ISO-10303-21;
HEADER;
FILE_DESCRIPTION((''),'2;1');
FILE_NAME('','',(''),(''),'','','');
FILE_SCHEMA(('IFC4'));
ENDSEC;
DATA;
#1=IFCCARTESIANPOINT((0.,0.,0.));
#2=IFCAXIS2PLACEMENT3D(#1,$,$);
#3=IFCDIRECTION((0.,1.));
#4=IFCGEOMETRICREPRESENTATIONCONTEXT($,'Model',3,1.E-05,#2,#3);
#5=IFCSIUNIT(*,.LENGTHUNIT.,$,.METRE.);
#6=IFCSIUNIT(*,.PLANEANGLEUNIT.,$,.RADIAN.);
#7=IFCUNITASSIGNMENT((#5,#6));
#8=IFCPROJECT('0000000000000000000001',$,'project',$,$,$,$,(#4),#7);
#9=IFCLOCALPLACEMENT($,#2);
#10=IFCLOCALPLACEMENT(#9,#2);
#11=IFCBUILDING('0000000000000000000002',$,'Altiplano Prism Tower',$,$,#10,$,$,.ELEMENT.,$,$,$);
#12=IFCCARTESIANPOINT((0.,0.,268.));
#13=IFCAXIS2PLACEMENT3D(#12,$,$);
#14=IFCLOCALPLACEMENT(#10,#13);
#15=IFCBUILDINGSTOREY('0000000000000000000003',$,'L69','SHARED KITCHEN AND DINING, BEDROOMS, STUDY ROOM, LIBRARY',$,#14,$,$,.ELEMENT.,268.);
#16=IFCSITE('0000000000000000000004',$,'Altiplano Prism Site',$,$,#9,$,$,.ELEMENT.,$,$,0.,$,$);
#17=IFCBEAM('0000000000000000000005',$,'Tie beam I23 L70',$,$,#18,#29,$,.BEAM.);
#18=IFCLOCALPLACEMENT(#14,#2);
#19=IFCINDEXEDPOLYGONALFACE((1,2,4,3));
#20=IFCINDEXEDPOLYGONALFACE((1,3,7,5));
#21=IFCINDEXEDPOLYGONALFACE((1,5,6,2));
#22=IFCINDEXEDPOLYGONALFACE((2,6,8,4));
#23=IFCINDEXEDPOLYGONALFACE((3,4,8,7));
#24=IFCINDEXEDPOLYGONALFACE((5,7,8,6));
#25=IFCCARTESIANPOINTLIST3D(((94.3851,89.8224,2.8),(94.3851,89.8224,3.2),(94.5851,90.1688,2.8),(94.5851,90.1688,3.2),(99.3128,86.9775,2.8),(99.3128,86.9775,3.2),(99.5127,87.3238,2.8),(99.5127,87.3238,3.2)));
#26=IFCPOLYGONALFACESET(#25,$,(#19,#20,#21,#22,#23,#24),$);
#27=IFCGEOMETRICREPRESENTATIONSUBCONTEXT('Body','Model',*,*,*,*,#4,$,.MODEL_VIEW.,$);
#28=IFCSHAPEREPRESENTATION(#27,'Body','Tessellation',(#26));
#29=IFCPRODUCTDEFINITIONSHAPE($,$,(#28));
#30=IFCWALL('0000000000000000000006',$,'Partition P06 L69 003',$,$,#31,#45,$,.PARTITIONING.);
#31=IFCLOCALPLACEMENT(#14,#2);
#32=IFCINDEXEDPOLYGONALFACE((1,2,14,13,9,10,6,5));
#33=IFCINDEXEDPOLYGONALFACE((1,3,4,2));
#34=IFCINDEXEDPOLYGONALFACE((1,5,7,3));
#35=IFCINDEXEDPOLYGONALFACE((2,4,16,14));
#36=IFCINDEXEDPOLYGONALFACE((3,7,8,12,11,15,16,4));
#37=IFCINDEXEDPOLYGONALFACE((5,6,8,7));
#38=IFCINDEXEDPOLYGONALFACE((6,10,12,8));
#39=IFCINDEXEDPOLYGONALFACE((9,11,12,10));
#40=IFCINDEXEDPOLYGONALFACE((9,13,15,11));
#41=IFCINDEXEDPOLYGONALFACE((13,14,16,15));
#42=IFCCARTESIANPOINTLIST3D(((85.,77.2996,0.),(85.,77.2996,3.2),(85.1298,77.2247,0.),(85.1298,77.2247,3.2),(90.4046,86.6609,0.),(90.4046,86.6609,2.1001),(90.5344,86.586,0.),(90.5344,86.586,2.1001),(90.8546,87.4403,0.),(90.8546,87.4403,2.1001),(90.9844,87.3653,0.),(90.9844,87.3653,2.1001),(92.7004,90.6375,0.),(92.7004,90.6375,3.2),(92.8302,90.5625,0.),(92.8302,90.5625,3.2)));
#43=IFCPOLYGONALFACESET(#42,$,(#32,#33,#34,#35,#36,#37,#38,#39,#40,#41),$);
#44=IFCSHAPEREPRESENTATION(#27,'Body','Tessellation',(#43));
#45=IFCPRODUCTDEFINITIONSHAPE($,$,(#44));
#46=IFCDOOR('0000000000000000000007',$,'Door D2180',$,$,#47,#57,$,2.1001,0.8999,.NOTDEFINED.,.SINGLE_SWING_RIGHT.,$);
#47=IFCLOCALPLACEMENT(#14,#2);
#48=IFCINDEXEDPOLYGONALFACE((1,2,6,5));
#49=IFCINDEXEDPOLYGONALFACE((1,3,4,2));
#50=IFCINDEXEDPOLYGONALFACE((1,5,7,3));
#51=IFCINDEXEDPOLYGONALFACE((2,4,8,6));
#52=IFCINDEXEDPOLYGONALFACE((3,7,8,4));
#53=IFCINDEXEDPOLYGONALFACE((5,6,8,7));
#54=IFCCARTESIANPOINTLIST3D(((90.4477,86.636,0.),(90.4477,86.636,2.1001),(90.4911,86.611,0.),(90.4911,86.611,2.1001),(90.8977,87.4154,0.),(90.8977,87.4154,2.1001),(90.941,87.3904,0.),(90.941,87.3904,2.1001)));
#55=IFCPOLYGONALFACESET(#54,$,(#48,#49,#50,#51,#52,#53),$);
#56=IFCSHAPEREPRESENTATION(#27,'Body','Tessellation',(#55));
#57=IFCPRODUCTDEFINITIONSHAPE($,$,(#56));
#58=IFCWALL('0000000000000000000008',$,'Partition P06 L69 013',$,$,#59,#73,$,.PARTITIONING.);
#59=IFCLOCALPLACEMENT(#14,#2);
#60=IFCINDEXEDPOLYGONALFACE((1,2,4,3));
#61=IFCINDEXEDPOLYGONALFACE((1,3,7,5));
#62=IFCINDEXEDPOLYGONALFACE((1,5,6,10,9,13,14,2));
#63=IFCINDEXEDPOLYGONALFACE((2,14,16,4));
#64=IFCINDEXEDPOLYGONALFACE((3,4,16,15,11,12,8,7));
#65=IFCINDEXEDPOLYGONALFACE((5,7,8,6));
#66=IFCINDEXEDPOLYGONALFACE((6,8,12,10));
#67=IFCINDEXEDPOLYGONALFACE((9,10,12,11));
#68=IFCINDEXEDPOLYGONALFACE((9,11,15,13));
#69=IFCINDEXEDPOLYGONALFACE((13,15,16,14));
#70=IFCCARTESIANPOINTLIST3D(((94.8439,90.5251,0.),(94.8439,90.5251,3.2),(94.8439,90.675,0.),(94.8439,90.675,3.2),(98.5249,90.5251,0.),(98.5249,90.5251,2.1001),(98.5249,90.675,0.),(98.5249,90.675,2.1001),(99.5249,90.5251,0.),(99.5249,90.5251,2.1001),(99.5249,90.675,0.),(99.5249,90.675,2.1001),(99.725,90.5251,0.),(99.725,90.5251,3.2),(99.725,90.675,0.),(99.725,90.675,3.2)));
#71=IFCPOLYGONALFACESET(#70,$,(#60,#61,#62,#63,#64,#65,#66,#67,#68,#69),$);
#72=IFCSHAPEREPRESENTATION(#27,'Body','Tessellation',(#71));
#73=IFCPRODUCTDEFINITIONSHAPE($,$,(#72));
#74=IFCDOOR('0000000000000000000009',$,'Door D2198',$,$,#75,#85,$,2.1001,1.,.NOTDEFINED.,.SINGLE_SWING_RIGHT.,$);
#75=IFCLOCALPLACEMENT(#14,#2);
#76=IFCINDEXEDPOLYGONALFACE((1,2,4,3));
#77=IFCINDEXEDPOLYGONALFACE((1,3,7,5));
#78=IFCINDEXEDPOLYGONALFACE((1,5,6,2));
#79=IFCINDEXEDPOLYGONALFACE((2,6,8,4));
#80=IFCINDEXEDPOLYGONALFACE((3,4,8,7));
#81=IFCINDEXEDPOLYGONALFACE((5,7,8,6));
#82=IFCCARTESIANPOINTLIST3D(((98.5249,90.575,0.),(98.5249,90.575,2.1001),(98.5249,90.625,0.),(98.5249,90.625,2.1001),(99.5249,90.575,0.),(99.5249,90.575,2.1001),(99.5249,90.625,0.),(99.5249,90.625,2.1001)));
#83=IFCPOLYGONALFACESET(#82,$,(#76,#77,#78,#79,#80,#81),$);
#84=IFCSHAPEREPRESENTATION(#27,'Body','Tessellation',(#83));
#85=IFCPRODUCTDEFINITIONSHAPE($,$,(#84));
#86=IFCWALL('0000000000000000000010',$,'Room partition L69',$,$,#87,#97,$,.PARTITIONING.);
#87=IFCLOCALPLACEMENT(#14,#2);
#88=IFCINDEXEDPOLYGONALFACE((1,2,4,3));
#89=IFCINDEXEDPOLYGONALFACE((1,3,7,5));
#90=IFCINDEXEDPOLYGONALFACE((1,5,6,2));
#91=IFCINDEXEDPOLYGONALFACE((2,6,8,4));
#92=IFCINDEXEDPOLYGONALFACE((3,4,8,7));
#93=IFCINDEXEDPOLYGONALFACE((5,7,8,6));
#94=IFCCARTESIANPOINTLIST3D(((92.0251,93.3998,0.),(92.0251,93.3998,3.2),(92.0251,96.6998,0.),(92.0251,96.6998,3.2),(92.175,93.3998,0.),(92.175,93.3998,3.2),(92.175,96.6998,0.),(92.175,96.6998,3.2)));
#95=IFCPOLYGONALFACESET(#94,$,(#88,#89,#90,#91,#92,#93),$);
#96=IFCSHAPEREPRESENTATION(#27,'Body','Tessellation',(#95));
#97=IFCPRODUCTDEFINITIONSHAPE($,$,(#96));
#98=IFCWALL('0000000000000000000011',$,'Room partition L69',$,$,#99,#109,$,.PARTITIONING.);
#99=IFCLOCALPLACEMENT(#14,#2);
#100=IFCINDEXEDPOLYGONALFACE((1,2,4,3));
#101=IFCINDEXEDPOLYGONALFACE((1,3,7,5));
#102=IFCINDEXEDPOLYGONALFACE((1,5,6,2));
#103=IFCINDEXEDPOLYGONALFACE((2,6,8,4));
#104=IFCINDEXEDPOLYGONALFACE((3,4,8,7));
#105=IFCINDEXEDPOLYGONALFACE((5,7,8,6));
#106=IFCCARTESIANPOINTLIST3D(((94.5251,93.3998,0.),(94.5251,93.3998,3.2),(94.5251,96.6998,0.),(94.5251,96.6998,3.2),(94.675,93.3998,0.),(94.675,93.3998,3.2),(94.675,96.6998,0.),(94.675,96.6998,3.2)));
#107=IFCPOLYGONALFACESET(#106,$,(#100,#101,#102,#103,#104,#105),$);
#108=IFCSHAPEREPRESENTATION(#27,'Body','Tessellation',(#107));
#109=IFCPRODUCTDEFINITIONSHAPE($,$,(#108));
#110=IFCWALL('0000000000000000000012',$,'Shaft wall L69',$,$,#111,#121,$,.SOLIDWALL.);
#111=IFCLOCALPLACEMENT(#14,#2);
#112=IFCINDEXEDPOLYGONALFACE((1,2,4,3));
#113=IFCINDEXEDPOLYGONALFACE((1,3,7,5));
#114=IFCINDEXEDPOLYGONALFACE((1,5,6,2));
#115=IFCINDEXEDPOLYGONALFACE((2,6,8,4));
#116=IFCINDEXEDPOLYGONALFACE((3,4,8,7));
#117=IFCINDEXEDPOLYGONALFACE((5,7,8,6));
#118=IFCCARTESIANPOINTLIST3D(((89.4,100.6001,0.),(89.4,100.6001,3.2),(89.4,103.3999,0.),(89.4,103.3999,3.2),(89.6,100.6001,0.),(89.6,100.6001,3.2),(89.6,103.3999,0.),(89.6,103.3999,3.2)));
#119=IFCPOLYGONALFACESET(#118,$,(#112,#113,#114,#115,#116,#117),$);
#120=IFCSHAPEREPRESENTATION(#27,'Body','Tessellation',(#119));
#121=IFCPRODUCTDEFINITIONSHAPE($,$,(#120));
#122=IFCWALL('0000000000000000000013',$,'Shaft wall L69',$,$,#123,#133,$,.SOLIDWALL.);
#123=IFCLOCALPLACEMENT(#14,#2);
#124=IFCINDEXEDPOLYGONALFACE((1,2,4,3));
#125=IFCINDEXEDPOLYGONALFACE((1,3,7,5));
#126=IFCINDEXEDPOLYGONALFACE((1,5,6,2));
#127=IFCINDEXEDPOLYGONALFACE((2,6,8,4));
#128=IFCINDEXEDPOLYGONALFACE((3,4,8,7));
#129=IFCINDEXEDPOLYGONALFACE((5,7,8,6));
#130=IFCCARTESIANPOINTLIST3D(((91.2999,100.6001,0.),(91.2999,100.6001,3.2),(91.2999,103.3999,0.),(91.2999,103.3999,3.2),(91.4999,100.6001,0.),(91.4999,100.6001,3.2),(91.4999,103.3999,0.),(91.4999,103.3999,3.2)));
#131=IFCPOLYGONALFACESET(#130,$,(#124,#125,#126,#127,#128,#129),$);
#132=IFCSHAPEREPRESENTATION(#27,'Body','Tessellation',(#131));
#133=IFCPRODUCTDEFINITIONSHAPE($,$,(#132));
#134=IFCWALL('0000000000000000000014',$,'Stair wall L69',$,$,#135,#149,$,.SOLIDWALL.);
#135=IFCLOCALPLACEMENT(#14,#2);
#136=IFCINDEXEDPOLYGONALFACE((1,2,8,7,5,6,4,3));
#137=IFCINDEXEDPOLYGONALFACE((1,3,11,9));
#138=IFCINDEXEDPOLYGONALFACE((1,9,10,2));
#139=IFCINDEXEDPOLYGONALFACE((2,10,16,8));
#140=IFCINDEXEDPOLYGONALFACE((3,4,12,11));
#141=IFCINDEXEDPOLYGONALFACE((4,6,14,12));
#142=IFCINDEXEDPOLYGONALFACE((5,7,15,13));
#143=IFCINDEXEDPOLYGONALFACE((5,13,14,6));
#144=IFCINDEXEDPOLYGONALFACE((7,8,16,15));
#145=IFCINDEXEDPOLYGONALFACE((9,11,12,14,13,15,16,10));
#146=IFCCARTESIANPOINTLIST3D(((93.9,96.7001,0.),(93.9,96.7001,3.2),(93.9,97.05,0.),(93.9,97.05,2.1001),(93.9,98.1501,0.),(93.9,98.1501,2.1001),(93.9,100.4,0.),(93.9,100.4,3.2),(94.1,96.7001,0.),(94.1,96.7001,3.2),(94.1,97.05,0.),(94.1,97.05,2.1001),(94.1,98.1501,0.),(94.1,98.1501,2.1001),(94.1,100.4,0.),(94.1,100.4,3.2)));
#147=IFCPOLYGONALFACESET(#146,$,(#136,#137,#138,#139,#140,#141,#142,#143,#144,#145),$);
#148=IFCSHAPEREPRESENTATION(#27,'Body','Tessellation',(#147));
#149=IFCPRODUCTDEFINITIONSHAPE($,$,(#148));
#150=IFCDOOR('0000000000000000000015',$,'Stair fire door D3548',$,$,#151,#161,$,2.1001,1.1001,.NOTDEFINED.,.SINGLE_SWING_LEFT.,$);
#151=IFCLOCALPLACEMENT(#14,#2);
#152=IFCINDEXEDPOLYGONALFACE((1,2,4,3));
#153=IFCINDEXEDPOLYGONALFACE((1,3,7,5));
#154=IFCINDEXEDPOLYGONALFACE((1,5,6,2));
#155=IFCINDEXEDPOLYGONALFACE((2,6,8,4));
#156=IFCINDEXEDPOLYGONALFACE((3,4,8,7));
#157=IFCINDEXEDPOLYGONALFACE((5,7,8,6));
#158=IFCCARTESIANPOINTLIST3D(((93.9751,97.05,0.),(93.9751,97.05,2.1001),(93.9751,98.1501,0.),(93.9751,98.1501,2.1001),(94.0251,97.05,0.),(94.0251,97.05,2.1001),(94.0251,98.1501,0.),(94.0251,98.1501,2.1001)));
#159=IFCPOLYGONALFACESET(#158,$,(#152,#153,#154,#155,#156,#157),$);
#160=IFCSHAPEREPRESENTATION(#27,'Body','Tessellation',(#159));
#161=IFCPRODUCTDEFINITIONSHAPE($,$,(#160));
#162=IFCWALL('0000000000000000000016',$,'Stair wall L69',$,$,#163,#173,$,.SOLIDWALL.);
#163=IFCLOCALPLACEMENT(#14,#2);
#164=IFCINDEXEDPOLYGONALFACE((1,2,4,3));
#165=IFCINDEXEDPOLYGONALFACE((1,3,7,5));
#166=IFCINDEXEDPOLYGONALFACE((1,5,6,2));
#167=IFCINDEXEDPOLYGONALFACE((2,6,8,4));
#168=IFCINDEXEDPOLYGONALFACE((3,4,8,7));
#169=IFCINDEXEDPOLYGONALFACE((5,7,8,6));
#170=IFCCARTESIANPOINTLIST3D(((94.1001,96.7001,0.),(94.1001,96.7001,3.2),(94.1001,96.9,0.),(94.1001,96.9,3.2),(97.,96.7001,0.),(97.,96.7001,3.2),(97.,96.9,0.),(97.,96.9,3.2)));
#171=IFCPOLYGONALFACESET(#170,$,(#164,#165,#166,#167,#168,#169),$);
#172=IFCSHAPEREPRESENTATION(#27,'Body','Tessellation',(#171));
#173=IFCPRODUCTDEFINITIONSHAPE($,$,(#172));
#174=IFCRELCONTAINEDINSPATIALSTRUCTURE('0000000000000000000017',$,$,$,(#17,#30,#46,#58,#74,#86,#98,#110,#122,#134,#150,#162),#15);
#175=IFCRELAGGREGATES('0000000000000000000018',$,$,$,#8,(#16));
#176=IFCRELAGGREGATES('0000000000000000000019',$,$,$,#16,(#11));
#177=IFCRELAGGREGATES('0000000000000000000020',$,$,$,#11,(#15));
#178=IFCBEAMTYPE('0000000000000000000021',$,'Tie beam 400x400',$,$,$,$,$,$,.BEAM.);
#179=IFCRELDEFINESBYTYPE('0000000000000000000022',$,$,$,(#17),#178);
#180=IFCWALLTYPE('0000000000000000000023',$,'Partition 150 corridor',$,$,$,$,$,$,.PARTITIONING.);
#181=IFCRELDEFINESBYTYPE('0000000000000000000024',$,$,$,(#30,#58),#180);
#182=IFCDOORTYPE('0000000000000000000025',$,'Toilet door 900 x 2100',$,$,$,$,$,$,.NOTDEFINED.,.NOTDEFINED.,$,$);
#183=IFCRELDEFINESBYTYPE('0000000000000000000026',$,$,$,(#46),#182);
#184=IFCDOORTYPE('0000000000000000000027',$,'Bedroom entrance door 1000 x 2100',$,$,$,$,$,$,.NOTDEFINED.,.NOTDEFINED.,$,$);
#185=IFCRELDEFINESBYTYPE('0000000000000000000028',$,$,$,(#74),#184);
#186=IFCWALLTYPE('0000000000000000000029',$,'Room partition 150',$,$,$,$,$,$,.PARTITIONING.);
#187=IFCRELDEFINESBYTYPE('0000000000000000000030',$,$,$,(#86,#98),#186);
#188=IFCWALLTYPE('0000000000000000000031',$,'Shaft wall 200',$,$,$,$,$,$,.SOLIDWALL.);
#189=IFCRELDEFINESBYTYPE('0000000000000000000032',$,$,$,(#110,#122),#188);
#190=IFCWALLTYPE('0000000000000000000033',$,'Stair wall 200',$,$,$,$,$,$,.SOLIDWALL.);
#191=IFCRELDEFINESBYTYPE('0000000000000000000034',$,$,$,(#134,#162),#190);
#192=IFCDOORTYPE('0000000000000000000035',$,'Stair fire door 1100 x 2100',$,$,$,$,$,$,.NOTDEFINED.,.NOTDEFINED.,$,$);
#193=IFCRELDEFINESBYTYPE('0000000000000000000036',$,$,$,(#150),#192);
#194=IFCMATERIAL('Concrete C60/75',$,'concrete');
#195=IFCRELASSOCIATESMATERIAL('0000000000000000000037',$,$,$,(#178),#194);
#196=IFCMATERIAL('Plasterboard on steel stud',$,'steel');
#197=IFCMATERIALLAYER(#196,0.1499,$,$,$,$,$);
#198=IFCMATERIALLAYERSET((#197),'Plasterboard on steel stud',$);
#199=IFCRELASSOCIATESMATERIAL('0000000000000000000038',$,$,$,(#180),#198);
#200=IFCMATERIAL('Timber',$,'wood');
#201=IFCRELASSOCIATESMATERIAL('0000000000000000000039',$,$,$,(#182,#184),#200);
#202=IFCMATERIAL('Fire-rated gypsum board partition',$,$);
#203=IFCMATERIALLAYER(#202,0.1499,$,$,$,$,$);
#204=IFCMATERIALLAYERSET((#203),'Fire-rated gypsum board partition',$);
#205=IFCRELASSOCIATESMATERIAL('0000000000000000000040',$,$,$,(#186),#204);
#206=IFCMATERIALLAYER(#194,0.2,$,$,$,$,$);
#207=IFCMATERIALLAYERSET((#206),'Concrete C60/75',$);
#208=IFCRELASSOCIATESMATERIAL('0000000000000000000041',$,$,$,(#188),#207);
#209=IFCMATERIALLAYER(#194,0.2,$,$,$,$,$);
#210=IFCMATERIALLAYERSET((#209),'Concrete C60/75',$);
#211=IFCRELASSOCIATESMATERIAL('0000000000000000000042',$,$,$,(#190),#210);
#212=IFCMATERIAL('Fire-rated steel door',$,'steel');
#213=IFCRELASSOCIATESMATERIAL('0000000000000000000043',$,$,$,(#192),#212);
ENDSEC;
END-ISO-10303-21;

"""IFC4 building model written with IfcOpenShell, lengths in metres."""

from ifc_helpers import new_model, si_unit, direction, frame, frame_2d, origin, origin_2d, place, context, subcontext, project, spatial, rectangle, extrude, material, layer, layer_set, material_profile, profile_set, type_object, element, fill, save


model = new_model("IFC4")

# Units and contexts
model_context = context("Model", 3, precision=1e-05, world=origin(), true_north=direction((0.0, 1.0)))
body_context = subcontext(model_context, "Body", "Model", "MODEL_VIEW")
ifc_project = project(units=[si_unit("LENGTHUNIT", "METRE"), si_unit("PLANEANGLEUNIT", "RADIAN")], contexts=[model_context])

# Site, building, storey
site_placement = place(None, origin())
site = spatial("IfcSite", under=ifc_project, at=site_placement, Name="Altiplano Prism Site", CompositionType="ELEMENT", RefElevation=0.0)
building_placement = place(site_placement, origin())
building = spatial("IfcBuilding", under=site, at=building_placement, Name="Altiplano Prism Tower", CompositionType="ELEMENT")
storey_placement = place(building_placement, frame((0.0, 0.0, 268.0)))
storey = spatial("IfcBuildingStorey", under=building, at=storey_placement, Name="L69", Description="SHARED KITCHEN AND DINING, BEDROOMS, STUDY ROOM, LIBRARY", CompositionType="ELEMENT", Elevation=268.0)

# Beam
ifc_material_1 = material(Name="Concrete C60/75", Category="concrete")
ifc_material_profile = material_profile(ifc_material_1, rectangle(XDim=0.3999, YDim=0.3999, at=origin_2d()), Name="Tie beam 400x400")
ifc_profile_set = profile_set([ifc_material_profile], Name="Concrete C60/75")
beam_type = type_object("IfcBeamType", Name="Tie beam 400x400", PredefinedType="BEAM", material=ifc_profile_set)
beam_placement = place(storey_placement, frame((94.4851, 89.9956, 3.0), z_axis=(0.86603, -0.499992, 0.0), x_axis=(0.499992, 0.86603, 0.0)))
element("IfcBeam", 1, at=beam_placement, inside=storey, type_object=beam_type, Name="Tie beam I23 L70", PredefinedType="BEAM", context=body_context, shape_type="SweptSolid", body=[
    extrude(rectangle(XDim=0.3999, YDim=0.3999, at=origin_2d()), origin(), (0.0, 0.0, 1.0), 5.6899),
])

# Walls, openings, doors
ifc_material_2 = material(Name="Plasterboard on steel stud", Category="steel")
ifc_layer_1 = layer(ifc_material_2, 0.1499)
ifc_layer_set_1 = layer_set([ifc_layer_1], Name="Plasterboard on steel stud")
wall_type_1 = type_object("IfcWallType", Name="Partition 150 corridor", PredefinedType="PARTITIONING", material=ifc_layer_set_1)
wall_1_placement = place(storey_placement, frame((92.7654, 90.6001, 0.0), z_axis=(0.0, 0.0, 1.0), x_axis=(-0.49999, -0.866031, 0.0)))
wall_1 = element("IfcWall", 2, at=wall_1_placement, inside=storey, type_object=wall_type_1, Name="Partition P06 L69 003", PredefinedType="PARTITIONING", context=body_context, shape_type="SweptSolid", body=[
    extrude(rectangle(XDim=15.4011, YDim=0.1499, at=frame_2d((7.7007, 0.0))), origin(), (0.0, 0.0, 1.0), 3.2),
])
opening_1_placement = place(wall_1_placement, frame((3.6919, 0.0, 0.0)))
opening_1 = element("IfcOpeningElement", 3, at=opening_1_placement, cuts=wall_1, PredefinedType="OPENING", context=body_context, shape_type="SweptSolid", body=[
    extrude(rectangle(XDim=0.8999, YDim=2.1001, at=frame_2d((0.45, 1.05))), frame((0.0, 0.0854, 0.0), z_axis=(0.0, -1.0, 0.0), x_axis=(1.0, 0.0, 0.0)), (0.0, 0.0, 1.0), 0.1709),
])
ifc_material_3 = material(Name="Timber", Category="wood")
door_type_1 = type_object("IfcDoorType", Name="Toilet door 900 x 2100", OperationType="NOTDEFINED", PredefinedType="NOTDEFINED", material=ifc_material_3)
door_1_placement = place(opening_1_placement, origin())
door_1 = element("IfcDoor", 4, at=door_1_placement, inside=storey, type_object=door_type_1, Name="Door D2180", OperationType="SINGLE_SWING_RIGHT", OverallHeight=2.1001, OverallWidth=0.8999, PredefinedType="NOTDEFINED", context=body_context, shape_type="SweptSolid", body=[
    extrude(rectangle(XDim=0.8999, YDim=2.1001, at=frame_2d((0.45, 1.05))), frame((0.0, 0.0249, 0.0), z_axis=(0.0, -1.0, 0.0), x_axis=(1.0, 0.0, 0.0)), (0.0, 0.0, 1.0), 0.05),
])
fill(opening_1, door_1)
wall_2_placement = place(storey_placement, frame((94.844, 90.6001, 0.0), z_axis=(0.0, 0.0, 1.0), x_axis=(1.0, 0.0, 0.0)))
wall_2 = element("IfcWall", 5, at=wall_2_placement, inside=storey, type_object=wall_type_1, Name="Partition P06 L69 013", PredefinedType="PARTITIONING", context=body_context, shape_type="SweptSolid", body=[
    extrude(rectangle(XDim=4.8811, YDim=0.1499, at=frame_2d((2.4404, 0.0))), origin(), (0.0, 0.0, 1.0), 3.2),
])
opening_2_placement = place(wall_2_placement, frame((3.6809, 0.0, 0.0)))
opening_2 = element("IfcOpeningElement", 6, at=opening_2_placement, cuts=wall_2, PredefinedType="OPENING", context=body_context, shape_type="SweptSolid", body=[
    extrude(rectangle(XDim=1.0, YDim=2.1001, at=frame_2d((0.5, 1.05))), frame((0.0, 0.0854, 0.0), z_axis=(0.0, -1.0, 0.0), x_axis=(1.0, 0.0, 0.0)), (0.0, 0.0, 1.0), 0.1709),
])
door_type_2 = type_object("IfcDoorType", Name="Bedroom entrance door 1000 x 2100", OperationType="NOTDEFINED", PredefinedType="NOTDEFINED", material=ifc_material_3)
door_2_placement = place(opening_2_placement, origin())
door_2 = element("IfcDoor", 7, at=door_2_placement, inside=storey, type_object=door_type_2, Name="Door D2198", OperationType="SINGLE_SWING_RIGHT", OverallHeight=2.1001, OverallWidth=1.0, PredefinedType="NOTDEFINED", context=body_context, shape_type="SweptSolid", body=[
    extrude(rectangle(XDim=1.0, YDim=2.1001, at=frame_2d((0.5, 1.05))), frame((0.0, 0.0249, 0.0), z_axis=(0.0, -1.0, 0.0), x_axis=(1.0, 0.0, 0.0)), (0.0, 0.0, 1.0), 0.05),
])
fill(opening_2, door_2)

# Walls
ifc_material_4 = material(Name="Fire-rated gypsum board partition")
ifc_layer_2 = layer(ifc_material_4, 0.1499)
ifc_layer_set_2 = layer_set([ifc_layer_2], Name="Fire-rated gypsum board partition")
wall_type_2 = type_object("IfcWallType", Name="Room partition 150", PredefinedType="PARTITIONING", material=ifc_layer_set_2)
for number, where, z_axis, x_axis, name in (
    (8, (92.1001, 93.3999, 0.0), (0.0, 0.0, 1.0), (0.0, 1.0, 0.0), "Room partition L69"),
    (9, (94.6001, 93.3999, 0.0), (0.0, 0.0, 1.0), (0.0, 1.0, 0.0), "Room partition L69"),
):
    element("IfcWall", number, at=place(storey_placement, frame(where, z_axis=z_axis, x_axis=x_axis)), inside=storey, type_object=wall_type_2, Name=name, PredefinedType="PARTITIONING", context=body_context, shape_type="SweptSolid", body=[
        extrude(rectangle(XDim=3.3, YDim=0.1499, at=frame_2d((1.6499, 0.0))), origin(), (0.0, 0.0, 1.0), 3.2),
    ])
ifc_layer_3 = layer(ifc_material_1, 0.2)
ifc_layer_set_3 = layer_set([ifc_layer_3], Name="Concrete C60/75")
wall_type_3 = type_object("IfcWallType", Name="Shaft wall 200", PredefinedType="SOLIDWALL", material=ifc_layer_set_3)
for number, where, z_axis, x_axis, name in (
    (10, (89.5, 100.6001, 0.0), (0.0, 0.0, 1.0), (0.0, 1.0, 0.0), "Shaft wall L69"),
    (11, (91.3999, 100.6001, 0.0), (0.0, 0.0, 1.0), (0.0, 1.0, 0.0), "Shaft wall L69"),
):
    element("IfcWall", number, at=place(storey_placement, frame(where, z_axis=z_axis, x_axis=x_axis)), inside=storey, type_object=wall_type_3, Name=name, PredefinedType="SOLIDWALL", context=body_context, shape_type="SweptSolid", body=[
        extrude(rectangle(XDim=2.7998, YDim=0.2, at=frame_2d((1.3999, 0.0))), origin(), (0.0, 0.0, 1.0), 3.2),
    ])

# Wall, opening, door
ifc_layer_4 = layer(ifc_material_1, 0.2)
ifc_layer_set_4 = layer_set([ifc_layer_4], Name="Concrete C60/75")
wall_type_4 = type_object("IfcWallType", Name="Stair wall 200", PredefinedType="SOLIDWALL", material=ifc_layer_set_4)
wall_3_placement = place(storey_placement, frame((94.0, 96.7, 0.0), z_axis=(0.0, 0.0, 1.0), x_axis=(0.0, 1.0, 0.0)))
wall_3 = element("IfcWall", 12, at=wall_3_placement, inside=storey, type_object=wall_type_4, Name="Stair wall L69", PredefinedType="SOLIDWALL", context=body_context, shape_type="SweptSolid", body=[
    extrude(rectangle(XDim=3.7, YDim=0.2, at=frame_2d((1.8501, 0.0))), origin(), (0.0, 0.0, 1.0), 3.2),
])
opening_3_placement = place(wall_3_placement, frame((0.3501, 0.0, 0.0)))
opening_3 = element("IfcOpeningElement", 13, at=opening_3_placement, cuts=wall_3, PredefinedType="OPENING", context=body_context, shape_type="SweptSolid", body=[
    extrude(rectangle(XDim=1.1001, YDim=2.1001, at=frame_2d((0.55, 1.05))), frame((0.0, 0.1104, 0.0), z_axis=(0.0, -1.0, 0.0), x_axis=(1.0, 0.0, 0.0)), (0.0, 0.0, 1.0), 0.2209),
])
ifc_material_5 = material(Name="Fire-rated steel door", Category="steel")
door_type_3 = type_object("IfcDoorType", Name="Stair fire door 1100 x 2100", OperationType="NOTDEFINED", PredefinedType="NOTDEFINED", material=ifc_material_5)
door_3_placement = place(opening_3_placement, origin())
door_3 = element("IfcDoor", 14, at=door_3_placement, inside=storey, type_object=door_type_3, Name="Stair fire door D3548", OperationType="SINGLE_SWING_LEFT", OverallHeight=2.1001, OverallWidth=1.1001, PredefinedType="NOTDEFINED", context=body_context, shape_type="SweptSolid", body=[
    extrude(rectangle(XDim=1.1001, YDim=2.1001, at=frame_2d((0.55, 1.05))), frame((0.0, 0.0249, 0.0), z_axis=(0.0, -1.0, 0.0), x_axis=(1.0, 0.0, 0.0)), (0.0, 0.0, 1.0), 0.05),
])
fill(opening_3, door_3)

# Wall
wall_4_placement = place(storey_placement, frame((94.1001, 96.8, 0.0), z_axis=(0.0, 0.0, 1.0), x_axis=(1.0, 0.0, 0.0)))
element("IfcWall", 15, at=wall_4_placement, inside=storey, type_object=wall_type_4, Name="Stair wall L69", PredefinedType="SOLIDWALL", context=body_context, shape_type="SweptSolid", body=[
    extrude(rectangle(XDim=2.8999, YDim=0.2, at=frame_2d((1.45, 0.0))), origin(), (0.0, 0.0, 1.0), 3.2),
])

save(model, "model.ifc")
